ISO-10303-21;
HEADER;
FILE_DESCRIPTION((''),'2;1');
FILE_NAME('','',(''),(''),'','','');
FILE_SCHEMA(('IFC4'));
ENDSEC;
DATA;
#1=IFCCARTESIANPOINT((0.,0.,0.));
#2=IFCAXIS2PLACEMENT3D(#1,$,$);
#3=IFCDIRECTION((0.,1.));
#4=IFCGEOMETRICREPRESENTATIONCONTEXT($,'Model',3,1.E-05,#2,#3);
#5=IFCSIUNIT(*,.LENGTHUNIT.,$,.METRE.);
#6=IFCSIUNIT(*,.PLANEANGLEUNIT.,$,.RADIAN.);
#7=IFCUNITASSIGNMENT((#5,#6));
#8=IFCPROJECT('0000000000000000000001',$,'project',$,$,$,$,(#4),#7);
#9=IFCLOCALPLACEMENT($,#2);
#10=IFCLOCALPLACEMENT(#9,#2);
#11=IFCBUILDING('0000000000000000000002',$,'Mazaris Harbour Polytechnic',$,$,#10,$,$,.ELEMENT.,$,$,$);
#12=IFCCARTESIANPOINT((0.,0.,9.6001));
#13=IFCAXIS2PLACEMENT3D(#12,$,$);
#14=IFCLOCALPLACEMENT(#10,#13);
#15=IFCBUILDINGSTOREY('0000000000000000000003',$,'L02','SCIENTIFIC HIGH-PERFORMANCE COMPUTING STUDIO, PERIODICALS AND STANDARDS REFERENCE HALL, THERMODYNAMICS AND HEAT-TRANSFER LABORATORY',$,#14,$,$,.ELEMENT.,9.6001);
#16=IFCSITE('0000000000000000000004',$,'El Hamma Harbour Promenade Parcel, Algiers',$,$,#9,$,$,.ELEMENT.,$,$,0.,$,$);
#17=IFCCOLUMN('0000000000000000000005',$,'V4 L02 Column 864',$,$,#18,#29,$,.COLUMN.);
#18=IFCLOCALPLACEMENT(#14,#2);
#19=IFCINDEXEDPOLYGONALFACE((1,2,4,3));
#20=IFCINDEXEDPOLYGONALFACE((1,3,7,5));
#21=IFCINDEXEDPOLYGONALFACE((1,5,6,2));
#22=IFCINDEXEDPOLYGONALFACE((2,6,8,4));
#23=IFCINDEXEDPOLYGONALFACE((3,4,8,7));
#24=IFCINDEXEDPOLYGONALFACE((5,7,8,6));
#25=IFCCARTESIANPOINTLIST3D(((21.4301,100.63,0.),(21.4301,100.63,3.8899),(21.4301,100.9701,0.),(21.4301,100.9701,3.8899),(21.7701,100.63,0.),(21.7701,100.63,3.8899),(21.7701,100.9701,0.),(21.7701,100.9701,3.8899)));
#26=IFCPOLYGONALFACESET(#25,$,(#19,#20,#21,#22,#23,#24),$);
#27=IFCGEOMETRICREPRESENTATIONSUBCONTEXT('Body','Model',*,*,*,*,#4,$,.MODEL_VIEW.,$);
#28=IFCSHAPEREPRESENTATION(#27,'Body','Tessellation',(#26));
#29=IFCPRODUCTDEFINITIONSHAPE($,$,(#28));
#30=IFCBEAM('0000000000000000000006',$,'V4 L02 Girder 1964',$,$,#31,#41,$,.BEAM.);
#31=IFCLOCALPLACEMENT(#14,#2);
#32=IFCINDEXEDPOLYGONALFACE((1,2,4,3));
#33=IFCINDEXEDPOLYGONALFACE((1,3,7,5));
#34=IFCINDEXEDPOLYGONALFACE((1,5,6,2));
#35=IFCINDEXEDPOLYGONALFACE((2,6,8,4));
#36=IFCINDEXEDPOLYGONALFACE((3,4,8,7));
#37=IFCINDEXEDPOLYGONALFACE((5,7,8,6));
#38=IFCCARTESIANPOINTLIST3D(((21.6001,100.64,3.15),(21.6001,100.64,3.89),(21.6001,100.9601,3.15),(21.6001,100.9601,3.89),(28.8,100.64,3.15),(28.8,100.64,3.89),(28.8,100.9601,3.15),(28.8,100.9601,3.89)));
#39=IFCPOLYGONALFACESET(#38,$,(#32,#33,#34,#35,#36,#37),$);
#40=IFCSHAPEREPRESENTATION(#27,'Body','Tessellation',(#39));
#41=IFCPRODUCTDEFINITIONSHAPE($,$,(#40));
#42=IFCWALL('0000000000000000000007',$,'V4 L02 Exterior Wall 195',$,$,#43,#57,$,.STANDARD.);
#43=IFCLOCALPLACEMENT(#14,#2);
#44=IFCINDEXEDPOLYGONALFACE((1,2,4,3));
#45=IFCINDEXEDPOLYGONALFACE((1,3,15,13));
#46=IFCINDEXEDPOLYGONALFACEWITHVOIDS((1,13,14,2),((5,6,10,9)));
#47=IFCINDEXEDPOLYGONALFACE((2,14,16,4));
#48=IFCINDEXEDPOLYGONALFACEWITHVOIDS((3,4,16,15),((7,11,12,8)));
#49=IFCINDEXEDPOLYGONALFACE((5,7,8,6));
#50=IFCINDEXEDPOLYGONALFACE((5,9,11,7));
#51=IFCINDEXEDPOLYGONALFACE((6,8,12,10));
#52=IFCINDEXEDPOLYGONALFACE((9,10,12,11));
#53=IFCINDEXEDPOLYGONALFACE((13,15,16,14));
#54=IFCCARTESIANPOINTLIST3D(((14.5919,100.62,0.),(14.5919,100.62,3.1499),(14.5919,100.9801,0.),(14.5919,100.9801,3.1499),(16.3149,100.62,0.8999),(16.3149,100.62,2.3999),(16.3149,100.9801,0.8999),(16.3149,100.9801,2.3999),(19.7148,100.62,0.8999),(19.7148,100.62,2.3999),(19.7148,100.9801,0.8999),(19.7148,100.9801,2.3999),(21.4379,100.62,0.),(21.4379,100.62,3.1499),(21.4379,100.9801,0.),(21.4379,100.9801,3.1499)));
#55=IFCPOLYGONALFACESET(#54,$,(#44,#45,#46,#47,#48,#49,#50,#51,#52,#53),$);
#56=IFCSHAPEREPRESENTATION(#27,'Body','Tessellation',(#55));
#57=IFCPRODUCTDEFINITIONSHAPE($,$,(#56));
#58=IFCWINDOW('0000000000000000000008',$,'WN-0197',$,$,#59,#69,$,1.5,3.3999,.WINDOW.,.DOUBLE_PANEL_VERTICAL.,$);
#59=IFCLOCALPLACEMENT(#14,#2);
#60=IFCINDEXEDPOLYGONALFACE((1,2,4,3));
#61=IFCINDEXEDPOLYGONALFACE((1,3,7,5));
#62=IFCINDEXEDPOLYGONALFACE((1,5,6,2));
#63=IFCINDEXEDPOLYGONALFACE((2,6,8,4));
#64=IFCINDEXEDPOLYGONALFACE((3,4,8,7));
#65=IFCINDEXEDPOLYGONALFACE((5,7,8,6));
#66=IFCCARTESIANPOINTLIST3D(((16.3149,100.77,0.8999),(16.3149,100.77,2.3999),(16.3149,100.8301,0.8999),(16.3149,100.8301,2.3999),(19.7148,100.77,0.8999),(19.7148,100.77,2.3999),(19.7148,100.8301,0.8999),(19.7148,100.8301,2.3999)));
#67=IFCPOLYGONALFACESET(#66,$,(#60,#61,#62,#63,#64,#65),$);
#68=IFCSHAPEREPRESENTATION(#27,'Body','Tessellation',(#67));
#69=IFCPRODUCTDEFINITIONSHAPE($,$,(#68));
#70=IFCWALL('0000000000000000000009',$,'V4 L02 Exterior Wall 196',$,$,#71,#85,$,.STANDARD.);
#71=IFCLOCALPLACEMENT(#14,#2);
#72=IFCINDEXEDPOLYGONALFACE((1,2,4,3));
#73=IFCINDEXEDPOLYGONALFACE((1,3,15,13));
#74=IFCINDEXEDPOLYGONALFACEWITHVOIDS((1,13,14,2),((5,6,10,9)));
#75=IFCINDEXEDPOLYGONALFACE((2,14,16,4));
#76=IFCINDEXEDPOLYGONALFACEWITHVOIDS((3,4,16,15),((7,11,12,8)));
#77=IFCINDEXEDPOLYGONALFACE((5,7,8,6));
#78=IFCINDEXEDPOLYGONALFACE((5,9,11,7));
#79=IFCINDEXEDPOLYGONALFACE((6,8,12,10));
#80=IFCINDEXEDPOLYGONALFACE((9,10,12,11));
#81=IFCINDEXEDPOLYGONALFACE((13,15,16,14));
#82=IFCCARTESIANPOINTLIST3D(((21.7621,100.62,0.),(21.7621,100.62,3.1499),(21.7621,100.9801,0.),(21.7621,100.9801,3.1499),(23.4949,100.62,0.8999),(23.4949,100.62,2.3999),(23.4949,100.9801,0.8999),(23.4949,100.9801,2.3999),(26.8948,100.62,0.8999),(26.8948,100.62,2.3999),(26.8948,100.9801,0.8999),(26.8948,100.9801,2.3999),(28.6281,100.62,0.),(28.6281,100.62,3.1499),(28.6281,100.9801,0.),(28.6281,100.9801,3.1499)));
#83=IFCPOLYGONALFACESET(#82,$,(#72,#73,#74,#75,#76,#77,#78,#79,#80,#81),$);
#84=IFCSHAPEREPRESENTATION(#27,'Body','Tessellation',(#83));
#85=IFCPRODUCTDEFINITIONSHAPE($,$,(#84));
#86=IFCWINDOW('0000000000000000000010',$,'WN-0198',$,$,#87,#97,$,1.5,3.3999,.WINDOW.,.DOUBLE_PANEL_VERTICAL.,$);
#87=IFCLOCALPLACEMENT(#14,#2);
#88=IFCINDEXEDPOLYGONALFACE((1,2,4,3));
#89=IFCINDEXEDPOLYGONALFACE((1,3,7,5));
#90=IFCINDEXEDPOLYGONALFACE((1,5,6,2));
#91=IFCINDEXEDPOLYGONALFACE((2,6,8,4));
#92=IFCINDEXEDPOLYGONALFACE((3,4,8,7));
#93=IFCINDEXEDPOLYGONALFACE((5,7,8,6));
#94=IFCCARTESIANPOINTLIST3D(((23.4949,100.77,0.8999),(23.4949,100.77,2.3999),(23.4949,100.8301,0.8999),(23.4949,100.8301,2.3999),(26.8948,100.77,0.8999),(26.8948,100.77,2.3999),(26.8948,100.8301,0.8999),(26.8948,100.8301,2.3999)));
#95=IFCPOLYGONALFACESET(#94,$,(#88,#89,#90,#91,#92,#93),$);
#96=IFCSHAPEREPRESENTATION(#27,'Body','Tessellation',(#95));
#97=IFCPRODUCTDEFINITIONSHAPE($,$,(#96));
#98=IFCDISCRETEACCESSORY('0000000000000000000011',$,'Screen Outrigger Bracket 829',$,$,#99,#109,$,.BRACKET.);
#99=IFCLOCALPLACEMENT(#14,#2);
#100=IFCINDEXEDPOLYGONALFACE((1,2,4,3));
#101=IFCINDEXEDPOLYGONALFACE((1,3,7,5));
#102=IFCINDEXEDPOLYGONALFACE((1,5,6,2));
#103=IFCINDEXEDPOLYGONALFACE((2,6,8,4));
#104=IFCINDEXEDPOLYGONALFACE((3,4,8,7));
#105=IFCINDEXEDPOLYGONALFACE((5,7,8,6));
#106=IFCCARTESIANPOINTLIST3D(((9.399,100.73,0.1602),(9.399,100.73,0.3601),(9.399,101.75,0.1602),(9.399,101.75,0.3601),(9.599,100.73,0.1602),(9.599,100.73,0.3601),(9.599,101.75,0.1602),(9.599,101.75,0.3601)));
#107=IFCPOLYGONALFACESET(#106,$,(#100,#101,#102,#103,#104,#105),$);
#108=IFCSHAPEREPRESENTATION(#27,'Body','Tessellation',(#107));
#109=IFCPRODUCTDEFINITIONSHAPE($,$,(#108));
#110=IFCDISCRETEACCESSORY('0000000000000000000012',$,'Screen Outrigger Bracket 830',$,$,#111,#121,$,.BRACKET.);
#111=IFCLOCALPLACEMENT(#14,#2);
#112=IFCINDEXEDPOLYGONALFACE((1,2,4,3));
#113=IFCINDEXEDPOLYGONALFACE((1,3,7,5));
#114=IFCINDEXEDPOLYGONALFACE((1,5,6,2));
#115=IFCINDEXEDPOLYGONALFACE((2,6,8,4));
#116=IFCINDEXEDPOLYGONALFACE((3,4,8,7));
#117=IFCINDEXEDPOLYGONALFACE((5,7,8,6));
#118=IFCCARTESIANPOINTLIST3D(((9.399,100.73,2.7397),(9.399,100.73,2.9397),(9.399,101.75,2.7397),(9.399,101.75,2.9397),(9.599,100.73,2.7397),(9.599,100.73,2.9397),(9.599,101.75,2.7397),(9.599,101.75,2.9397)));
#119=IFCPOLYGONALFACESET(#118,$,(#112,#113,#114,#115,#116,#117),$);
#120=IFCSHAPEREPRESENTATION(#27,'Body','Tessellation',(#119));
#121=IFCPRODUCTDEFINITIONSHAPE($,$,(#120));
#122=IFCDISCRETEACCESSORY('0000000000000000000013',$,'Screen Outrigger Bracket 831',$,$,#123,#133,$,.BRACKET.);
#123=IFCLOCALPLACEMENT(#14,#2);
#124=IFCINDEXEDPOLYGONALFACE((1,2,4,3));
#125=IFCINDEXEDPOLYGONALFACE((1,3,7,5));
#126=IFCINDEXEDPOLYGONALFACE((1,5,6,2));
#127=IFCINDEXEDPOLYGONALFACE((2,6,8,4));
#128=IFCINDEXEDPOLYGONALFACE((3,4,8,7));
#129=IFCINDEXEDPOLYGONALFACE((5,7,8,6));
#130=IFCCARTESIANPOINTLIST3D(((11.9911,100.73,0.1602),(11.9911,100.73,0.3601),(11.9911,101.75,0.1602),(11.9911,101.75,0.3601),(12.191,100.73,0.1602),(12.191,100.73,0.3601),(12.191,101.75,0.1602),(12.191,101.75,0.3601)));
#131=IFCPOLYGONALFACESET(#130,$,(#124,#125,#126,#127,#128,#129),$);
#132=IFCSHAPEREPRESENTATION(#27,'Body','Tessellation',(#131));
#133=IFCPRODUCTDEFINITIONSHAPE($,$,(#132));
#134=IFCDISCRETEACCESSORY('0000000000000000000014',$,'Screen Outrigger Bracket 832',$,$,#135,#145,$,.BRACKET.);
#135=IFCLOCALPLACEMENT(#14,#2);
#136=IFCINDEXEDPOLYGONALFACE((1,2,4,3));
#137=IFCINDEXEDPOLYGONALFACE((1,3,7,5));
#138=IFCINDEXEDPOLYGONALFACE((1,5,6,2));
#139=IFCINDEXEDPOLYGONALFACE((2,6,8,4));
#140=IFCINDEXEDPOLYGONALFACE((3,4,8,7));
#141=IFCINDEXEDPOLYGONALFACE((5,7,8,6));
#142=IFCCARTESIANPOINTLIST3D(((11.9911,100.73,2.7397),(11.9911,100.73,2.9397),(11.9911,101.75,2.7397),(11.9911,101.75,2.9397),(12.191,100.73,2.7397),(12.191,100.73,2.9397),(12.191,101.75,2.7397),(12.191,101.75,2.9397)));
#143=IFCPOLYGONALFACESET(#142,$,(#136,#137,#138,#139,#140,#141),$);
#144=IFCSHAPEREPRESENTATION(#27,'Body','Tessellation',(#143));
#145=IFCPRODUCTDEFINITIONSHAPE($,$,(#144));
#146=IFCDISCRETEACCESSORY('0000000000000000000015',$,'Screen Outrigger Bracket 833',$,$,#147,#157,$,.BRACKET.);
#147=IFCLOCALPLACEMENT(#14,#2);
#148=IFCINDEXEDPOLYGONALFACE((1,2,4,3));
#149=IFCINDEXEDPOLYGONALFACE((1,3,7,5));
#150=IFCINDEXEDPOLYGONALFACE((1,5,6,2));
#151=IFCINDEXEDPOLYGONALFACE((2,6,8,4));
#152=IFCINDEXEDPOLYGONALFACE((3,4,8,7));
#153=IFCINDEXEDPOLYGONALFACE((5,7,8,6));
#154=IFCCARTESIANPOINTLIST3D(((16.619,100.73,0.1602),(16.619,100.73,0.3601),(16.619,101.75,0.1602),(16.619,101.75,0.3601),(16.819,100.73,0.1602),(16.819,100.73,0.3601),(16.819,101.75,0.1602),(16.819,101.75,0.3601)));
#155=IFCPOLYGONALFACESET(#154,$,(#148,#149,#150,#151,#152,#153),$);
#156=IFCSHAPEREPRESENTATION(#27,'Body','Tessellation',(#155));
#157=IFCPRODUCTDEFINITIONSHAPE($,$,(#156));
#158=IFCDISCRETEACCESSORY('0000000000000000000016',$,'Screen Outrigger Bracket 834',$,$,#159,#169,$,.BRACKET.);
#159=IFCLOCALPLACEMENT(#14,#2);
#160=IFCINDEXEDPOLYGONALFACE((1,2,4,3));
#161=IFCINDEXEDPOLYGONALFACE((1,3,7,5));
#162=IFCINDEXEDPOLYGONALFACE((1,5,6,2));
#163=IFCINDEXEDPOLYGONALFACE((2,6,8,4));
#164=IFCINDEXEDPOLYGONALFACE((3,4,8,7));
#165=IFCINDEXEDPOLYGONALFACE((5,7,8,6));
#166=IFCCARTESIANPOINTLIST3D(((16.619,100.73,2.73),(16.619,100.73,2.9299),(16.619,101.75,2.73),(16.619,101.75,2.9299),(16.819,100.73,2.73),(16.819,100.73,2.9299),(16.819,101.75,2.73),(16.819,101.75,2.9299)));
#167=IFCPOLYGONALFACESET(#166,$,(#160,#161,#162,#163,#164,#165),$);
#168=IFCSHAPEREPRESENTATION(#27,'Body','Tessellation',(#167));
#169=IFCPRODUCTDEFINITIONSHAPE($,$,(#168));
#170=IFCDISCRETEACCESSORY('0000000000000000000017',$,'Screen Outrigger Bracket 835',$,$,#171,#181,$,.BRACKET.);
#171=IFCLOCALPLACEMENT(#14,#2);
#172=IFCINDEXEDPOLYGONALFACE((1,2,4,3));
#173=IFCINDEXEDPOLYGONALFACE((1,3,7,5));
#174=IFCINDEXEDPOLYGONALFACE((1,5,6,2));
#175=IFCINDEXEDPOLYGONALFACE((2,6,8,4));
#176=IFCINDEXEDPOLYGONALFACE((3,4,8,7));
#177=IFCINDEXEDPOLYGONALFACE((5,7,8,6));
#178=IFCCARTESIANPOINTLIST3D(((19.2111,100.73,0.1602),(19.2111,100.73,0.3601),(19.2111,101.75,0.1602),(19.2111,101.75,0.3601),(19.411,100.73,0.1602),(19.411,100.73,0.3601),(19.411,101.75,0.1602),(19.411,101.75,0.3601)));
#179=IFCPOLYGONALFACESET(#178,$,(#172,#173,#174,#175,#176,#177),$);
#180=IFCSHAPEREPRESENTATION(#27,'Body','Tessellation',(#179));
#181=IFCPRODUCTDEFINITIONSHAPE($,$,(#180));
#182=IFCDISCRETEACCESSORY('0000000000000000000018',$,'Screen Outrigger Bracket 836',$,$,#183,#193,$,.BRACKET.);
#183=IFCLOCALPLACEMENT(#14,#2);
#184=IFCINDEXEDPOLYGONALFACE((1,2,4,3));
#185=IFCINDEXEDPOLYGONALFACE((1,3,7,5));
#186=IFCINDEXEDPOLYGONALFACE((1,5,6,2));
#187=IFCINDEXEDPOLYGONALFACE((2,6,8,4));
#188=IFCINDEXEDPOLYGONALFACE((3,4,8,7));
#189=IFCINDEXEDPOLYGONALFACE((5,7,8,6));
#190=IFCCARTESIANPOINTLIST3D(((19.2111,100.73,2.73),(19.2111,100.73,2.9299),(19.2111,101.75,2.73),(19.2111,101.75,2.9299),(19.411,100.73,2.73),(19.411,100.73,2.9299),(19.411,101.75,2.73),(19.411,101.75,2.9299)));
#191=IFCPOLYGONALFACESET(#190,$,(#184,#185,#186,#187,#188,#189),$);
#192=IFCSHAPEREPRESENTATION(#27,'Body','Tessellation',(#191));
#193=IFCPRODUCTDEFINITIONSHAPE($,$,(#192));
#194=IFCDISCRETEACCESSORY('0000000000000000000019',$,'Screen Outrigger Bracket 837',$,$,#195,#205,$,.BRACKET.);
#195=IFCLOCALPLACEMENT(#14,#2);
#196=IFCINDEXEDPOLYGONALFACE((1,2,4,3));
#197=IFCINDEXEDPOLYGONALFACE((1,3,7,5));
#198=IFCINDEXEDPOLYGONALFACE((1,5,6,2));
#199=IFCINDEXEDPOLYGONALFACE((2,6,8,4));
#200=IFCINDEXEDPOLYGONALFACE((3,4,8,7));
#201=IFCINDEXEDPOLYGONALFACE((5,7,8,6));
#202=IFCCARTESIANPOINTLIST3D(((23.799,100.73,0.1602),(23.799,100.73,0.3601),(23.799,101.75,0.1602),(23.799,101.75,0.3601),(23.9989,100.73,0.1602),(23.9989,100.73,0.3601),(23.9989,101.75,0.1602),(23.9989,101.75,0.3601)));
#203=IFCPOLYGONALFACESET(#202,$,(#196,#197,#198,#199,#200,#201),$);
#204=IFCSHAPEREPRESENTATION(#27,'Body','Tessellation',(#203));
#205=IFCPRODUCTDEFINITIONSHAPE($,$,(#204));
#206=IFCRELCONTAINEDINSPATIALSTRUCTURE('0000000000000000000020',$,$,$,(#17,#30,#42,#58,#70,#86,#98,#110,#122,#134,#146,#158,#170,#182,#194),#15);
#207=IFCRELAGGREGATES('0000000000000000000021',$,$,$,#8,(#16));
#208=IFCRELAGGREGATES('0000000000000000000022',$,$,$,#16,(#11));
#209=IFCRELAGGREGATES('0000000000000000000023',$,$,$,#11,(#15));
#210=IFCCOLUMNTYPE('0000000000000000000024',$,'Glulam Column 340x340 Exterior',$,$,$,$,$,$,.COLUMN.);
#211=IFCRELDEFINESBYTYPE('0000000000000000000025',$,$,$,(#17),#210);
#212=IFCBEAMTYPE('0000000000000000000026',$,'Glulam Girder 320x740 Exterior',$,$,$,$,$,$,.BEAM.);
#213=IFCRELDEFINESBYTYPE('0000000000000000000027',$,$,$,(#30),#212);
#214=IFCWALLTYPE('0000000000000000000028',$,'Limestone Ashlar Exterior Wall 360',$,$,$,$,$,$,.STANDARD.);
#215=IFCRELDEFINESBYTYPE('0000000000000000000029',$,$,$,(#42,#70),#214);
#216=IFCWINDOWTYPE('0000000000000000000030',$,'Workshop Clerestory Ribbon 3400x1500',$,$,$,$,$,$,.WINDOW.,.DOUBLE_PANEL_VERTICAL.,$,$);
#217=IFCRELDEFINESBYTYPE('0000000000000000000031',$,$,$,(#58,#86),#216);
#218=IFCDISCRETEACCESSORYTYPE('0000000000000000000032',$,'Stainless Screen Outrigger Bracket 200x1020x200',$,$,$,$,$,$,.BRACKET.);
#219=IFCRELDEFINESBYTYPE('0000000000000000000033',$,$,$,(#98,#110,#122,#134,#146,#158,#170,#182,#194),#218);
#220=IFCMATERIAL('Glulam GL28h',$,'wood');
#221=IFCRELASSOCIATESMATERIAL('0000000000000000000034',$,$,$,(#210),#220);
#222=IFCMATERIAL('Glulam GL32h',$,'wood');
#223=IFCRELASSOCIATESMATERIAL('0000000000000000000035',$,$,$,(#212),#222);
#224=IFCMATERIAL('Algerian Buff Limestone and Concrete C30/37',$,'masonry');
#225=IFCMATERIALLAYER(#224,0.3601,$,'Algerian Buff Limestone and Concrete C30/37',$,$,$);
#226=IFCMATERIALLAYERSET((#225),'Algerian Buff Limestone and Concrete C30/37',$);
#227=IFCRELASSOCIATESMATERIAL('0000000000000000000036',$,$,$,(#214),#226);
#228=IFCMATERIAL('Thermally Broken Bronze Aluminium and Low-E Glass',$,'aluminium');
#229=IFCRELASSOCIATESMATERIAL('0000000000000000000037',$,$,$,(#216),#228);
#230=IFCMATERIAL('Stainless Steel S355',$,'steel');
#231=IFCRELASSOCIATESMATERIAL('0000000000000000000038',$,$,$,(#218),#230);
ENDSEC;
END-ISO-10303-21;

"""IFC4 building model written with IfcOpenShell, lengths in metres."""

from ifc_helpers import new_model, si_unit, direction, frame, frame_2d, origin, origin_2d, place, context, subcontext, project, spatial, rectangle, extrude, material, layer, layer_set, material_profile, profile_set, type_object, element, fill, save


model = new_model("IFC4")

# Units and contexts
model_context = context("Model", 3, precision=1e-05, world=origin(), true_north=direction((0.0, 1.0)))
body_context = subcontext(model_context, "Body", "Model", "MODEL_VIEW")
ifc_project = project(units=[si_unit("LENGTHUNIT", "METRE"), si_unit("PLANEANGLEUNIT", "RADIAN")], contexts=[model_context])

# Site, building, storey
site_placement = place(None, origin())
site = spatial("IfcSite", under=ifc_project, at=site_placement, Name="El Hamma Harbour Promenade Parcel, Algiers", CompositionType="ELEMENT", RefElevation=0.0)
building_placement = place(site_placement, origin())
building = spatial("IfcBuilding", under=site, at=building_placement, Name="Mazaris Harbour Polytechnic", CompositionType="ELEMENT")
storey_placement = place(building_placement, frame((0.0, 0.0, 9.6001)))
storey = spatial("IfcBuildingStorey", under=building, at=storey_placement, Name="L02", Description="SCIENTIFIC HIGH-PERFORMANCE COMPUTING STUDIO, PERIODICALS AND STANDARDS REFERENCE HALL, THERMODYNAMICS AND HEAT-TRANSFER LABORATORY", CompositionType="ELEMENT", Elevation=9.6001)

# Column
ifc_material_1 = material(Name="Glulam GL28h", Category="wood")
ifc_material_profile_1 = material_profile(ifc_material_1, rectangle(XDim=0.3401, YDim=0.3401, at=origin_2d()), Name="RECT340x340")
ifc_profile_set_1 = profile_set([ifc_material_profile_1], Name="Glulam GL28h")
column_type = type_object("IfcColumnType", Name="Glulam Column 340x340 Exterior", PredefinedType="COLUMN", material=ifc_profile_set_1)
column_placement = place(storey_placement, frame((21.6001, 100.8, 0.0), z_axis=(0.0, 0.0, 1.0), x_axis=(1.0, 0.0, 0.0)))
element("IfcColumn", 1, at=column_placement, inside=storey, type_object=column_type, Name="V4 L02 Column 864", PredefinedType="COLUMN", context=body_context, shape_type="SweptSolid", body=[
    extrude(rectangle(XDim=0.3401, YDim=0.3401, at=origin_2d()), origin(), (0.0, 0.0, 1.0), 3.8899),
])

# Beam
ifc_material_2 = material(Name="Glulam GL32h", Category="wood")
ifc_material_profile_2 = material_profile(ifc_material_2, rectangle(XDim=0.3201, YDim=0.74, at=origin_2d()), Name="RECT320x740")
ifc_profile_set_2 = profile_set([ifc_material_profile_2], Name="Glulam GL32h")
beam_type = type_object("IfcBeamType", Name="Glulam Girder 320x740 Exterior", PredefinedType="BEAM", material=ifc_profile_set_2)
beam_placement = place(storey_placement, frame((21.6001, 100.8, 3.52), z_axis=(1.0, 0.0, 0.0), x_axis=(0.0, 1.0, 0.0)))
element("IfcBeam", 2, at=beam_placement, inside=storey, type_object=beam_type, Name="V4 L02 Girder 1964", PredefinedType="BEAM", context=body_context, shape_type="SweptSolid", body=[
    extrude(rectangle(XDim=0.3201, YDim=0.74, at=origin_2d()), origin(), (0.0, 0.0, 1.0), 7.2),
])

# Walls, openings, windows
ifc_material_3 = material(Name="Algerian Buff Limestone and Concrete C30/37", Category="masonry")
ifc_layer = layer(ifc_material_3, 0.3601, Name="Algerian Buff Limestone and Concrete C30/37")
ifc_layer_set = layer_set([ifc_layer], Name="Algerian Buff Limestone and Concrete C30/37")
wall_type = type_object("IfcWallType", Name="Limestone Ashlar Exterior Wall 360", PredefinedType="STANDARD", material=ifc_layer_set)
wall_1_placement = place(storey_placement, frame((14.592, 100.8, 0.0), z_axis=(0.0, 0.0, 1.0), x_axis=(1.0, 0.0, 0.0)))
wall_1 = element("IfcWall", 3, at=wall_1_placement, inside=storey, type_object=wall_type, Name="V4 L02 Exterior Wall 195", PredefinedType="STANDARD", context=body_context, shape_type="SweptSolid", body=[
    extrude(rectangle(XDim=6.8459, YDim=0.3601, at=frame_2d((3.4229, 0.0))), origin(), (0.0, 0.0, 1.0), 3.1499),
])
opening_1_placement = place(wall_1_placement, frame((1.7229, 0.0, 0.8999)))
opening_1 = element("IfcOpeningElement", 4, at=opening_1_placement, cuts=wall_1, PredefinedType="OPENING", context=body_context, shape_type="SweptSolid", body=[
    extrude(rectangle(XDim=3.3999, YDim=1.5, at=frame_2d((1.7, 0.75))), frame((0.0, 0.1899, 0.0), z_axis=(0.0, -1.0, 0.0), x_axis=(1.0, 0.0, 0.0)), (0.0, 0.0, 1.0), 0.3801),
])
ifc_material_4 = material(Name="Thermally Broken Bronze Aluminium and Low-E Glass", Category="aluminium")
window_type = type_object("IfcWindowType", Name="Workshop Clerestory Ribbon 3400x1500", PartitioningType="DOUBLE_PANEL_VERTICAL", PredefinedType="WINDOW", material=ifc_material_4)
window_1_placement = place(opening_1_placement, origin())
window_1 = element("IfcWindow", 5, at=window_1_placement, inside=storey, type_object=window_type, Name="WN-0197", OverallHeight=1.5, OverallWidth=3.3999, PartitioningType="DOUBLE_PANEL_VERTICAL", PredefinedType="WINDOW", context=body_context, shape_type="SweptSolid", body=[
    extrude(rectangle(XDim=3.3999, YDim=1.5, at=frame_2d((1.7, 0.75))), frame((0.0, 0.03, 0.0), z_axis=(0.0, -1.0, 0.0), x_axis=(1.0, 0.0, 0.0)), (0.0, 0.0, 1.0), 0.0601),
])
fill(opening_1, window_1)
wall_2_placement = place(storey_placement, frame((21.762, 100.8, 0.0), z_axis=(0.0, 0.0, 1.0), x_axis=(1.0, 0.0, 0.0)))
wall_2 = element("IfcWall", 6, at=wall_2_placement, inside=storey, type_object=wall_type, Name="V4 L02 Exterior Wall 196", PredefinedType="STANDARD", context=body_context, shape_type="SweptSolid", body=[
    extrude(rectangle(XDim=6.866, YDim=0.3601, at=frame_2d((3.4331, 0.0))), origin(), (0.0, 0.0, 1.0), 3.1499),
])
opening_2_placement = place(wall_2_placement, frame((1.7329, 0.0, 0.8999)))
opening_2 = element("IfcOpeningElement", 7, at=opening_2_placement, cuts=wall_2, PredefinedType="OPENING", context=body_context, shape_type="SweptSolid", body=[
    extrude(rectangle(XDim=3.3999, YDim=1.5, at=frame_2d((1.7, 0.75))), frame((0.0, 0.1899, 0.0), z_axis=(0.0, -1.0, 0.0), x_axis=(1.0, 0.0, 0.0)), (0.0, 0.0, 1.0), 0.3801),
])
window_2_placement = place(opening_2_placement, origin())
window_2 = element("IfcWindow", 8, at=window_2_placement, inside=storey, type_object=window_type, Name="WN-0198", OverallHeight=1.5, OverallWidth=3.3999, PartitioningType="DOUBLE_PANEL_VERTICAL", PredefinedType="WINDOW", context=body_context, shape_type="SweptSolid", body=[
    extrude(rectangle(XDim=3.3999, YDim=1.5, at=frame_2d((1.7, 0.75))), frame((0.0, 0.03, 0.0), z_axis=(0.0, -1.0, 0.0), x_axis=(1.0, 0.0, 0.0)), (0.0, 0.0, 1.0), 0.0601),
])
fill(opening_2, window_2)

# Discrete accessories
ifc_material_5 = material(Name="Stainless Steel S355", Category="steel")
discrete_accessory_type = type_object("IfcDiscreteAccessoryType", Name="Stainless Screen Outrigger Bracket 200x1020x200", PredefinedType="BRACKET", material=ifc_material_5)
for number, where, z_axis, x_axis, name in (
    (9, (9.499, 101.24, 0.1602), (0.0, 0.0, 1.0), (1.0, 0.0, 0.0), "Screen Outrigger Bracket 829"),
    (10, (9.499, 101.24, 2.7397), (0.0, 0.0, 1.0), (1.0, 0.0, 0.0), "Screen Outrigger Bracket 830"),
    (11, (12.0911, 101.24, 0.1602), (0.0, 0.0, 1.0), (1.0, 0.0, 0.0), "Screen Outrigger Bracket 831"),
    (12, (12.0911, 101.24, 2.7397), (0.0, 0.0, 1.0), (1.0, 0.0, 0.0), "Screen Outrigger Bracket 832"),
    (13, (16.719, 101.24, 0.1602), (0.0, 0.0, 1.0), (1.0, 0.0, 0.0), "Screen Outrigger Bracket 833"),
    (14, (16.719, 101.24, 2.73), (0.0, 0.0, 1.0), (1.0, 0.0, 0.0), "Screen Outrigger Bracket 834"),
    (15, (19.311, 101.24, 0.1602), (0.0, 0.0, 1.0), (1.0, 0.0, 0.0), "Screen Outrigger Bracket 835"),
    (16, (19.311, 101.24, 2.73), (0.0, 0.0, 1.0), (1.0, 0.0, 0.0), "Screen Outrigger Bracket 836"),
    (17, (23.8989, 101.24, 0.1602), (0.0, 0.0, 1.0), (1.0, 0.0, 0.0), "Screen Outrigger Bracket 837"),
):
    element("IfcDiscreteAccessory", number, at=place(storey_placement, frame(where, z_axis=z_axis, x_axis=x_axis)), inside=storey, type_object=discrete_accessory_type, Name=name, PredefinedType="BRACKET", context=body_context, shape_type="SweptSolid", body=[
        extrude(rectangle(XDim=0.2, YDim=1.02, at=origin_2d()), origin(), (0.0, 0.0, 1.0), 0.2),
    ])

save(model, "model.ifc")
